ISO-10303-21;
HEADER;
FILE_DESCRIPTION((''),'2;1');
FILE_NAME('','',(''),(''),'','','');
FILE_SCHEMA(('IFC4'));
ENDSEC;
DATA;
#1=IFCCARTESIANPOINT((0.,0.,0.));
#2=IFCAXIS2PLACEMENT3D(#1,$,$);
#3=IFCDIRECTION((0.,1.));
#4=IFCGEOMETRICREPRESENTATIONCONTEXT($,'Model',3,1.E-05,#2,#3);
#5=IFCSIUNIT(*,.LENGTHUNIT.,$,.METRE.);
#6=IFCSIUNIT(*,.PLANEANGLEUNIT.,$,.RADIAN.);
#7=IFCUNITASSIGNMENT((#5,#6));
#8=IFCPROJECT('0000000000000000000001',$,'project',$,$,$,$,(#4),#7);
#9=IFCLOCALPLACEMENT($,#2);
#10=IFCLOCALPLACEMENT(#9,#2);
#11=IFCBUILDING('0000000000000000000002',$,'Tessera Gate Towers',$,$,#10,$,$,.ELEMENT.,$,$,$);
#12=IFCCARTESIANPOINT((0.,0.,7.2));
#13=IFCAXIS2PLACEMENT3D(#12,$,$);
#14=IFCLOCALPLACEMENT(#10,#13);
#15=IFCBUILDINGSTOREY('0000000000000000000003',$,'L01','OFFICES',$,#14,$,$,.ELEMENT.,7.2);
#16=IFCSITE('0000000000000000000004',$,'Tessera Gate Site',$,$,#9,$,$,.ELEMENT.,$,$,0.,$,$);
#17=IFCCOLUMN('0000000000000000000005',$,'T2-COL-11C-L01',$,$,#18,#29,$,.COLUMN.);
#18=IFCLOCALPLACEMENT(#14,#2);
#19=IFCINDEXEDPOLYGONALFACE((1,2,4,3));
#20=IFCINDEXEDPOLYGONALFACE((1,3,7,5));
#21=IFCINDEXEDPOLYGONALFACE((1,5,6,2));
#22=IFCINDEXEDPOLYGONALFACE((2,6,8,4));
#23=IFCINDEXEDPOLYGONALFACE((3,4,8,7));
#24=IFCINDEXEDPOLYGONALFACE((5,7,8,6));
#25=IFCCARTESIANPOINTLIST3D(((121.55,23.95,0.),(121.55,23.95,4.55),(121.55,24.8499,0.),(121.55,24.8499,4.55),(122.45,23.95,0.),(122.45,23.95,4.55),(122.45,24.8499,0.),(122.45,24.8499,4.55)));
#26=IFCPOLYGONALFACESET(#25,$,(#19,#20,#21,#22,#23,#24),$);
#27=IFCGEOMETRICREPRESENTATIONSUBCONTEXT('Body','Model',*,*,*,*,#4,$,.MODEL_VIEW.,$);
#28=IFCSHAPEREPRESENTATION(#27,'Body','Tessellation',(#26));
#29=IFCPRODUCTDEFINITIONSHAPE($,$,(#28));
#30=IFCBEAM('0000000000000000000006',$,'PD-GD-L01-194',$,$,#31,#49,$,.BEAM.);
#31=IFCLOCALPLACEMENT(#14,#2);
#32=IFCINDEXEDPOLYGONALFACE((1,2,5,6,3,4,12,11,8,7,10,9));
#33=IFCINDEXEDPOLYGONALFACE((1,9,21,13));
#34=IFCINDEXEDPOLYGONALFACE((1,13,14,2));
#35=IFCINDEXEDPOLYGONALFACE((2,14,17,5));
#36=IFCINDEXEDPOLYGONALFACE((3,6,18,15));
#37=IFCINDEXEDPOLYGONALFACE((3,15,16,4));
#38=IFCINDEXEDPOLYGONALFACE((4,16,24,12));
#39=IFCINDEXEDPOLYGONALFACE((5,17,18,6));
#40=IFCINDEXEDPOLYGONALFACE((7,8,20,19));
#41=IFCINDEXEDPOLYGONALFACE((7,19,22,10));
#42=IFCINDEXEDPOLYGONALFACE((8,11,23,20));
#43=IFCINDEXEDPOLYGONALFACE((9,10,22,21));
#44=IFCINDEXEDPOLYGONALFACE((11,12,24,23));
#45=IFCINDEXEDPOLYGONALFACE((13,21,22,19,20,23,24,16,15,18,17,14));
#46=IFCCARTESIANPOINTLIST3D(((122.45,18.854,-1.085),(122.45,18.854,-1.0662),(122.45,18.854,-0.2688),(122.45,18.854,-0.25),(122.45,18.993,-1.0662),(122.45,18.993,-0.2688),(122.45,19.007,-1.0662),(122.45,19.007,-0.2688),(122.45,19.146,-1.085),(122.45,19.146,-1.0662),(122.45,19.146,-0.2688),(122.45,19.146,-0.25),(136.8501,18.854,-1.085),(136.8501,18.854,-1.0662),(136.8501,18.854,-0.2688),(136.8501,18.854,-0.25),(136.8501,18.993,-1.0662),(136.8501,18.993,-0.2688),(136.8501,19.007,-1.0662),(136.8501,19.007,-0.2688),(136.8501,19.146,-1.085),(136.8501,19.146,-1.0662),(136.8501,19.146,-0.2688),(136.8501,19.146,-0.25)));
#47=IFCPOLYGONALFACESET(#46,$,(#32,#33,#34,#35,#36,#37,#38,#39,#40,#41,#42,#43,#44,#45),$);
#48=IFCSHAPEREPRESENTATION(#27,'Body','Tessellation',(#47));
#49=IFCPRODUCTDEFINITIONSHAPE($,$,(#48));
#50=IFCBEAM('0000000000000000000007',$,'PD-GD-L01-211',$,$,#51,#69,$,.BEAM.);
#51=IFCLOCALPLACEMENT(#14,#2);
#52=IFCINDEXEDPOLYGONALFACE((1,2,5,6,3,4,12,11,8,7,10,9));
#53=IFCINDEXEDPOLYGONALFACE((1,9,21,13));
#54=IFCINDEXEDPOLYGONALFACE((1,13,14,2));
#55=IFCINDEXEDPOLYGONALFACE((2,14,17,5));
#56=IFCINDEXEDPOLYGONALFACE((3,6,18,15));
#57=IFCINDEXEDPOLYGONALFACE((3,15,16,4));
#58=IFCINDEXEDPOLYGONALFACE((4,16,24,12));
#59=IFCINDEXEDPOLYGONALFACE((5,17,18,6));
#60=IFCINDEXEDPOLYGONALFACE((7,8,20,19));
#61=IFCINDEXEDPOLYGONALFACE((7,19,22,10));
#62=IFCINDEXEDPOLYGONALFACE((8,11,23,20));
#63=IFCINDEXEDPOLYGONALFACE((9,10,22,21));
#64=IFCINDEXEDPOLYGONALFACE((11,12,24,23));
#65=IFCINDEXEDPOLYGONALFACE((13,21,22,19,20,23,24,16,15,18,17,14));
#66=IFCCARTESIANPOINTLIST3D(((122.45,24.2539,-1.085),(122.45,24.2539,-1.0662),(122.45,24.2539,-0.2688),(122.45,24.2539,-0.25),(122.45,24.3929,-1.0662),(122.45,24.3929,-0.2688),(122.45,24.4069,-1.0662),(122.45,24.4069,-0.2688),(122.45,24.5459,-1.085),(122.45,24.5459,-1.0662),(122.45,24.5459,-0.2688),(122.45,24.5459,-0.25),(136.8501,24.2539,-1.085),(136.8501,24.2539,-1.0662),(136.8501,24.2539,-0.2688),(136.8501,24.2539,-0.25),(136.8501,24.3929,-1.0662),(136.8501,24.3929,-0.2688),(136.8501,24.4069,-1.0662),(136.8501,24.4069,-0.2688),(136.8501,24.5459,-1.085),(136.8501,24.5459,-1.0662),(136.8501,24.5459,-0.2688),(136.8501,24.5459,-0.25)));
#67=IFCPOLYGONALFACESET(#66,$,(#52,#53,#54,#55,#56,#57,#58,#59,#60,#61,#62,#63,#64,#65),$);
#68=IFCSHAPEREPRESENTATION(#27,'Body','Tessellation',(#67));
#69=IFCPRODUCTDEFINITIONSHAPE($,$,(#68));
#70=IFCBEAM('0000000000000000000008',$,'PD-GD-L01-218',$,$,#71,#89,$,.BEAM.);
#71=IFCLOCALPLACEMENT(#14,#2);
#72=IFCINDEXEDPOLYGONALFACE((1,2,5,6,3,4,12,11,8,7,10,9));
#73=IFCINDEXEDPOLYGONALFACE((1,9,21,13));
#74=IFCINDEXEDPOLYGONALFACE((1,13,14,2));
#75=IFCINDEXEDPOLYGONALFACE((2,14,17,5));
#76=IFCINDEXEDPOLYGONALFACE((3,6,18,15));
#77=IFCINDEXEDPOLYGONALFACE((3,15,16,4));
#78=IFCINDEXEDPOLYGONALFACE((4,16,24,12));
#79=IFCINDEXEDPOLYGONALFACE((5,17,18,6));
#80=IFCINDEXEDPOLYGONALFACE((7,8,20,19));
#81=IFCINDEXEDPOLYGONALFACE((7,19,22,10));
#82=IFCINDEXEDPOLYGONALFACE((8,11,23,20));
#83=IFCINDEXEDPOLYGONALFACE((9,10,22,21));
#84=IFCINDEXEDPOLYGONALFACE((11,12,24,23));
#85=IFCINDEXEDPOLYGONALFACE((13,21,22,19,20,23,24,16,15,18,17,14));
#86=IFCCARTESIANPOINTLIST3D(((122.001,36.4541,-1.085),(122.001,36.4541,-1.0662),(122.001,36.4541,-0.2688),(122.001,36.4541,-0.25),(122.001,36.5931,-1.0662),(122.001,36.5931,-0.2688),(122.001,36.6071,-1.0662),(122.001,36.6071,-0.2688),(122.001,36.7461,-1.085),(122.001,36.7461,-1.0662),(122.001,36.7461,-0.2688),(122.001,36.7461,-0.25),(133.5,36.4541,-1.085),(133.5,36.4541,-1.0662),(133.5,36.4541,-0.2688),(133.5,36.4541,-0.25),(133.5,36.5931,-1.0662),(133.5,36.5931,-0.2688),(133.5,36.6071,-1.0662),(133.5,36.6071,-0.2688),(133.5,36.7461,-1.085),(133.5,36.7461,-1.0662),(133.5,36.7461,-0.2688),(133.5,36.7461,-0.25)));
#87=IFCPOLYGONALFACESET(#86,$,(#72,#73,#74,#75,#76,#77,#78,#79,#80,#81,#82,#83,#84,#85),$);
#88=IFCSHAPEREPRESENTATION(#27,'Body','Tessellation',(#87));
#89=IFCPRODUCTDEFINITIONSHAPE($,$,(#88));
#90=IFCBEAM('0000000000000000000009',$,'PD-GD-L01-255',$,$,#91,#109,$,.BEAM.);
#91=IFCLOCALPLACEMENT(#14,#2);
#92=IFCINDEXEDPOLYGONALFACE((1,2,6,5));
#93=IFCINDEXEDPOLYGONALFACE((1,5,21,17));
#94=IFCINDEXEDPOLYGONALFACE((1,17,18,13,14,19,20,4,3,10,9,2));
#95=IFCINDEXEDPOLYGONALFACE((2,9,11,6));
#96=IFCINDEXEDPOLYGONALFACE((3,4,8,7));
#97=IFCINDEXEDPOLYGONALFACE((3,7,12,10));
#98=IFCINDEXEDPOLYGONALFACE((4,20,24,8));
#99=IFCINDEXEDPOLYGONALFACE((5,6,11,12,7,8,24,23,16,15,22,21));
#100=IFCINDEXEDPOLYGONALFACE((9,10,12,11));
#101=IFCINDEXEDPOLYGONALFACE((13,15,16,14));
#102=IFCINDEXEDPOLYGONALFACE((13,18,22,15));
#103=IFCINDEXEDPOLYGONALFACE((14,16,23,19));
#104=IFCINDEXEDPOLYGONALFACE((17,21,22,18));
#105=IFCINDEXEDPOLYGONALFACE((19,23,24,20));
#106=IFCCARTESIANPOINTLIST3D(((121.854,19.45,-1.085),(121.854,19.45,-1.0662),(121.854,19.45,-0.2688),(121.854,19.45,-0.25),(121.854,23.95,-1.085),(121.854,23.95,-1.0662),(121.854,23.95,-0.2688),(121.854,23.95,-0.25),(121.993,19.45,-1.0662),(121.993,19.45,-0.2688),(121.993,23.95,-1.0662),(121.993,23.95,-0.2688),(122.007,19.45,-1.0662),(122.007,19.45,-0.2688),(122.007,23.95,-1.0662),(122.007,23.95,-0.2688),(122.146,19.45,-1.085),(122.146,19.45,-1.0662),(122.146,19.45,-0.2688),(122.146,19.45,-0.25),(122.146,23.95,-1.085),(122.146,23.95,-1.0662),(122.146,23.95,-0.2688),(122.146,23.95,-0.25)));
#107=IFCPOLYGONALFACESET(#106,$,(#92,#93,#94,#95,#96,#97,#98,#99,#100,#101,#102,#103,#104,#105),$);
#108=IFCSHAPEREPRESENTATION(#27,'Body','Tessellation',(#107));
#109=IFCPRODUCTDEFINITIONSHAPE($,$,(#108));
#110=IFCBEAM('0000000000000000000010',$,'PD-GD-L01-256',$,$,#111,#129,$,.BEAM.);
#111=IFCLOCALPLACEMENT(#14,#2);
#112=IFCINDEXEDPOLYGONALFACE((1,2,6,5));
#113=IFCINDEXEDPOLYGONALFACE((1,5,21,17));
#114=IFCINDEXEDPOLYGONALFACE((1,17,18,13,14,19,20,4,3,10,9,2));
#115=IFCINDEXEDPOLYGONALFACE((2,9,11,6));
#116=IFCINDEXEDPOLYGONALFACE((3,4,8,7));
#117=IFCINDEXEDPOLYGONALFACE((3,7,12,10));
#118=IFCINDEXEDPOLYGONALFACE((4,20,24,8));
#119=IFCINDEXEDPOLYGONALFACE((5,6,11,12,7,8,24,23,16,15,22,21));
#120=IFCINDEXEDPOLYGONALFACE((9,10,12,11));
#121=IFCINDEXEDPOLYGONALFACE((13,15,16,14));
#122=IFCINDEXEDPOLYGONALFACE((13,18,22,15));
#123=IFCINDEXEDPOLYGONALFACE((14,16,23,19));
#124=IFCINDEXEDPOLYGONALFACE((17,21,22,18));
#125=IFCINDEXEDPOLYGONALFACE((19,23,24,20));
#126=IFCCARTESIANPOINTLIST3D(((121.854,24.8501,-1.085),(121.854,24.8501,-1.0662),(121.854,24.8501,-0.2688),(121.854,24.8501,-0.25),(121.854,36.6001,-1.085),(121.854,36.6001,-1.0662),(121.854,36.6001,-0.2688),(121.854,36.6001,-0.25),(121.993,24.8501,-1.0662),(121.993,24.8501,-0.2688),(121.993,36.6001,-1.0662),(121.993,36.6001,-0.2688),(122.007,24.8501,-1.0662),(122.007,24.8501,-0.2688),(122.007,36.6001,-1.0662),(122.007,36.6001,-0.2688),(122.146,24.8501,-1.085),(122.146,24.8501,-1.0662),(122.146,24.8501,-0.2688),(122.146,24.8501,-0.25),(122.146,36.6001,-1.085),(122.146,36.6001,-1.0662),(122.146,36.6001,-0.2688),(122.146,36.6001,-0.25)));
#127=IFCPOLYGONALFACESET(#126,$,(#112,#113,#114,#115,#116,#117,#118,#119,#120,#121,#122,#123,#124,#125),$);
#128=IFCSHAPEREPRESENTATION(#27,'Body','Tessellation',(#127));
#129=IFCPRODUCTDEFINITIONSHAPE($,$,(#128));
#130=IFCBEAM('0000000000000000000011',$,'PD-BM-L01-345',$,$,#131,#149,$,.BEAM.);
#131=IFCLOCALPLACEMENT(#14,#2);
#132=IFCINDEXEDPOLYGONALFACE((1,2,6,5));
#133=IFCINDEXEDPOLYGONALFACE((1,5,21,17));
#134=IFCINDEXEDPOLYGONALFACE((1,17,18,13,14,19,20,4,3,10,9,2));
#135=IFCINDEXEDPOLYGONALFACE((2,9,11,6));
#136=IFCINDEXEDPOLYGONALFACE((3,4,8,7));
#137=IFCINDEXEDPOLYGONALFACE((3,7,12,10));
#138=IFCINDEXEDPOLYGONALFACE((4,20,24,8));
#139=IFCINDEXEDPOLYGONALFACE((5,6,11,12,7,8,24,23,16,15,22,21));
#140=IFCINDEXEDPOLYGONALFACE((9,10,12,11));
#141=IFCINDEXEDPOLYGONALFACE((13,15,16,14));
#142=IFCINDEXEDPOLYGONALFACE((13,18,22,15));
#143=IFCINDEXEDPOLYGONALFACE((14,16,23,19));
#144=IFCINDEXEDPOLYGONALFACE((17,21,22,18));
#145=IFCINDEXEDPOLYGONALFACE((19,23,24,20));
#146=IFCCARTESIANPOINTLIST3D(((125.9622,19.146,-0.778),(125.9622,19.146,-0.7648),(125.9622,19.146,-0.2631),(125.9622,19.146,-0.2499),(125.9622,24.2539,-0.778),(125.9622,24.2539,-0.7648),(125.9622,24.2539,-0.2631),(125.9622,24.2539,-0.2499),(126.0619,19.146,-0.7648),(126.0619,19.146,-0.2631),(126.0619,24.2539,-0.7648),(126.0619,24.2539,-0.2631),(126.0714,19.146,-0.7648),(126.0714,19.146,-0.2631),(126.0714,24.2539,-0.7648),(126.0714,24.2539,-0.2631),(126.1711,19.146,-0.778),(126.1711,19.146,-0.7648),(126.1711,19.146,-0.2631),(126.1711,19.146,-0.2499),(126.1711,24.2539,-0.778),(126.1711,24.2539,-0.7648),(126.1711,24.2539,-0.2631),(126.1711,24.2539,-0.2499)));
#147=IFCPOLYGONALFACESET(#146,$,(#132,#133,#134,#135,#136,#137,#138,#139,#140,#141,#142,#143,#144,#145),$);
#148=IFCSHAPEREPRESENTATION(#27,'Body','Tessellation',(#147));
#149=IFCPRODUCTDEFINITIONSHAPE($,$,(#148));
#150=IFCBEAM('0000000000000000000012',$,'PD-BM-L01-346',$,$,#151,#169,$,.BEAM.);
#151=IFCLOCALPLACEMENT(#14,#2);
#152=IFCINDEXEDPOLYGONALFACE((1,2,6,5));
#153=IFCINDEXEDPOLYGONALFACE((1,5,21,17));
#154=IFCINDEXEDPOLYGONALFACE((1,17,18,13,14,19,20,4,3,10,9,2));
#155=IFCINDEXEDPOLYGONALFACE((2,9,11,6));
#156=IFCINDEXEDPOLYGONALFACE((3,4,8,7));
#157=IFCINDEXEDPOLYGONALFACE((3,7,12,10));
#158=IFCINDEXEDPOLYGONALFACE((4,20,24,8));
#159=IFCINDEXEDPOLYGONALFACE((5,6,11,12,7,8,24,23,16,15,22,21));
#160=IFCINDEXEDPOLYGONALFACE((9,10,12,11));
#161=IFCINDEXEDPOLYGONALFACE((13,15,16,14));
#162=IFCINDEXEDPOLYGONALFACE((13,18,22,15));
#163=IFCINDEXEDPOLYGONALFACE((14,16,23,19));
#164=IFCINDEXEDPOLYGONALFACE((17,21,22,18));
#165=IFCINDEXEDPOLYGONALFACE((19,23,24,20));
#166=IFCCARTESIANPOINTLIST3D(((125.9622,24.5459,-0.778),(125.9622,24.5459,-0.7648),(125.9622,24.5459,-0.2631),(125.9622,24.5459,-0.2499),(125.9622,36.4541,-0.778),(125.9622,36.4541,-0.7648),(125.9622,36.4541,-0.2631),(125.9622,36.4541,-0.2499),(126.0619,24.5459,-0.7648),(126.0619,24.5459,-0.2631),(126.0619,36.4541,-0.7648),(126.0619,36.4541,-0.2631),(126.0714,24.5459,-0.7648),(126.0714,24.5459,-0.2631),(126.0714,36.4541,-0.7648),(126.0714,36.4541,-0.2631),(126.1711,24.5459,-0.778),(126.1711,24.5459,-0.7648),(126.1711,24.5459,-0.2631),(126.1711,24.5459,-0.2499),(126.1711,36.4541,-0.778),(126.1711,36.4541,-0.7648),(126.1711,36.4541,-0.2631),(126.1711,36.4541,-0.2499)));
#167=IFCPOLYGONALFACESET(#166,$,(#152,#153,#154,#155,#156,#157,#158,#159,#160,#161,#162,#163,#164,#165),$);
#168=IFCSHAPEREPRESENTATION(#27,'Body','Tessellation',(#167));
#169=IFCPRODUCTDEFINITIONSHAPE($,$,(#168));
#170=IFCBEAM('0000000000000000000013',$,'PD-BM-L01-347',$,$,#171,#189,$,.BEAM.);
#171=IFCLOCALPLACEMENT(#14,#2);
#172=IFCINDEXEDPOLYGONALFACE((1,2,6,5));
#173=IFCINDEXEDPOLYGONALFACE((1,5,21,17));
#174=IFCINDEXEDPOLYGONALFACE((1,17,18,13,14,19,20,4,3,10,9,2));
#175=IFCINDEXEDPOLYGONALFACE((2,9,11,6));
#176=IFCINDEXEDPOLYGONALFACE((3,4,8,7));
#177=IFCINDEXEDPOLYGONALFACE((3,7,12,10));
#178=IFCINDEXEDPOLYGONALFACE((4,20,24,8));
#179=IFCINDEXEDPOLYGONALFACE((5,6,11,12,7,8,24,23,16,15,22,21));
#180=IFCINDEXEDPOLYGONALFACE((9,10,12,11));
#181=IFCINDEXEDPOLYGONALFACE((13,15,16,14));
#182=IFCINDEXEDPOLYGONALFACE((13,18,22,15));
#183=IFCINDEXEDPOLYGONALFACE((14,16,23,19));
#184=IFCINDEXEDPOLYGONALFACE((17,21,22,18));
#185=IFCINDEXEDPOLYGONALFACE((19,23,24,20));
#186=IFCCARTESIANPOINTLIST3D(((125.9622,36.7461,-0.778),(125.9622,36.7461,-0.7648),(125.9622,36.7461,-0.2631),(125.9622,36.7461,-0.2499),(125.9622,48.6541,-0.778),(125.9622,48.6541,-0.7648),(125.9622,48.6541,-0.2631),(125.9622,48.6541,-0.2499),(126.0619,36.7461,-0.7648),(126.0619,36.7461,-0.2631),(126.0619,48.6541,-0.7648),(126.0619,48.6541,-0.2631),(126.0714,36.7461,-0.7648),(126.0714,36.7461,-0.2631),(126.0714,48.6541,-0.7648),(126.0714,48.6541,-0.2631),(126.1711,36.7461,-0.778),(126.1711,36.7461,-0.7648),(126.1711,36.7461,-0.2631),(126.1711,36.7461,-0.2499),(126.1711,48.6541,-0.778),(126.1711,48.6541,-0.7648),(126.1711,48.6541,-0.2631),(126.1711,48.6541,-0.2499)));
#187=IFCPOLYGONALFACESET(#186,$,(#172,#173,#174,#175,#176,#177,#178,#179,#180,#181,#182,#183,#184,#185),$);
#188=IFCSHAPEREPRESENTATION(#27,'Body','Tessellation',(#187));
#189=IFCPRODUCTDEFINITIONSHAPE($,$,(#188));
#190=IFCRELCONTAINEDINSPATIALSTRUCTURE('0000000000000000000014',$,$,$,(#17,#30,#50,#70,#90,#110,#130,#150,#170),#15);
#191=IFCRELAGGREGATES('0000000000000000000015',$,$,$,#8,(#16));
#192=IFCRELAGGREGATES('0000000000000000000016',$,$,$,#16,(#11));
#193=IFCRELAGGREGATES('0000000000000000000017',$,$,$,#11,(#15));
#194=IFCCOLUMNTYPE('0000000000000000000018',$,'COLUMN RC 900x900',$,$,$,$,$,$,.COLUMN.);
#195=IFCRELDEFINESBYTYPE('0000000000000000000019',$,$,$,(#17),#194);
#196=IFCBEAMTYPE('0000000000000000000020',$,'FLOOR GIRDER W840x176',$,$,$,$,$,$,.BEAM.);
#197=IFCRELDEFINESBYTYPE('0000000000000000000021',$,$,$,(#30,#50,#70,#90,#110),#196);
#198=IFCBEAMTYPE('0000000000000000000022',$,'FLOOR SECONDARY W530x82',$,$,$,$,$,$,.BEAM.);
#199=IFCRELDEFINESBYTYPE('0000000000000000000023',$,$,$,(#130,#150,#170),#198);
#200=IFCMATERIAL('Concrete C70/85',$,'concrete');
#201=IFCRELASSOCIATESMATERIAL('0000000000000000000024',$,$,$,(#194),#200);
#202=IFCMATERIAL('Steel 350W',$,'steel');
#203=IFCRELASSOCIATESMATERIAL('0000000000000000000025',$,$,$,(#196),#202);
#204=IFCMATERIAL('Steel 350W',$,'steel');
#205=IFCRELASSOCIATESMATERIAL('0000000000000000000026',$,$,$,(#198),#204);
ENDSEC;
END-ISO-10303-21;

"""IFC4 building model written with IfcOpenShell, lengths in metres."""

from ifc_helpers import new_model, si_unit, direction, frame, origin, origin_2d, place, context, subcontext, project, spatial, rectangle, i_section, extrude, material, material_profile, profile_set, type_object, element, save


model = new_model("IFC4")

# Units and contexts
model_context = context("Model", 3, precision=1e-05, world=origin(), true_north=direction((0.0, 1.0)))
body_context = subcontext(model_context, "Body", "Model", "MODEL_VIEW")
ifc_project = project(units=[si_unit("LENGTHUNIT", "METRE"), si_unit("PLANEANGLEUNIT", "RADIAN")], contexts=[model_context])

# Site, building, storey
site_placement = place(None, origin())
site = spatial("IfcSite", under=ifc_project, at=site_placement, Name="Tessera Gate Site", CompositionType="ELEMENT", RefElevation=0.0)
building_placement = place(site_placement, origin())
building = spatial("IfcBuilding", under=site, at=building_placement, Name="Tessera Gate Towers", CompositionType="ELEMENT")
storey_placement = place(building_placement, frame((0.0, 0.0, 7.2)))
storey = spatial("IfcBuildingStorey", under=building, at=storey_placement, Name="L01", Description="OFFICES", CompositionType="ELEMENT", Elevation=7.2)

# Column
ifc_material_1 = material(Name="Concrete C70/85", Category="concrete")
ifc_material_profile_1 = material_profile(ifc_material_1, rectangle(XDim=0.8999, YDim=0.8999, at=origin_2d()), Name="RC 900x900")
ifc_profile_set_1 = profile_set([ifc_material_profile_1], Name="Concrete C70/85")
column_type = type_object("IfcColumnType", Name="COLUMN RC 900x900", PredefinedType="COLUMN", material=ifc_profile_set_1)
column_placement = place(storey_placement, frame((122.0, 24.3999, 0.0), z_axis=(0.0, 0.0, 1.0), x_axis=(1.0, 0.0, 0.0)))
element("IfcColumn", 1, at=column_placement, inside=storey, type_object=column_type, Name="T2-COL-11C-L01", PredefinedType="COLUMN", context=body_context, shape_type="SweptSolid", body=[
    extrude(rectangle(XDim=0.8999, YDim=0.8999, at=origin_2d()), origin(), (0.0, 0.0, 1.0), 4.55),
])

# Beams
ifc_material_2 = material(Name="Steel 350W", Category="steel")
ifc_material_profile_2 = material_profile(ifc_material_2, i_section(OverallWidth=0.292, OverallDepth=0.835, WebThickness=0.0139, FlangeThickness=0.0188, at=origin_2d()), Name="W840x176")
ifc_profile_set_2 = profile_set([ifc_material_profile_2], Name="Steel 350W")
beam_type_1 = type_object("IfcBeamType", Name="FLOOR GIRDER W840x176", PredefinedType="BEAM", material=ifc_profile_set_2)
for number, where, z_axis, x_axis, name in (
    (2, (122.45, 19.0, -0.6675), (1.0, 0.0, 0.0), (0.0, 1.0, 0.0), "PD-GD-L01-194"),
    (3, (122.45, 24.3999, -0.6675), (1.0, 0.0, 0.0), (0.0, 1.0, 0.0), "PD-GD-L01-211"),
):
    element("IfcBeam", number, at=place(storey_placement, frame(where, z_axis=z_axis, x_axis=x_axis)), inside=storey, type_object=beam_type_1, Name=name, PredefinedType="BEAM", context=body_context, shape_type="SweptSolid", body=[
        extrude(i_section(OverallWidth=0.292, OverallDepth=0.835, WebThickness=0.0139, FlangeThickness=0.0188, at=origin_2d()), origin(), (0.0, 0.0, 1.0), 14.4001),
    ])
beam_1_placement = place(storey_placement, frame((122.001, 36.6001, -0.6675), z_axis=(1.0, 0.0, 0.0), x_axis=(0.0, 1.0, 0.0)))
element("IfcBeam", 4, at=beam_1_placement, inside=storey, type_object=beam_type_1, Name="PD-GD-L01-218", PredefinedType="BEAM", context=body_context, shape_type="SweptSolid", body=[
    extrude(i_section(OverallWidth=0.292, OverallDepth=0.835, WebThickness=0.0139, FlangeThickness=0.0188, at=origin_2d()), origin(), (0.0, 0.0, 1.0), 11.499),
])
beam_2_placement = place(storey_placement, frame((122.0, 19.45, -0.6675), z_axis=(0.0, 1.0, 0.0), x_axis=(-1.0, 0.0, 0.0)))
element("IfcBeam", 5, at=beam_2_placement, inside=storey, type_object=beam_type_1, Name="PD-GD-L01-255", PredefinedType="BEAM", context=body_context, shape_type="SweptSolid", body=[
    extrude(i_section(OverallWidth=0.292, OverallDepth=0.835, WebThickness=0.0139, FlangeThickness=0.0188, at=origin_2d()), origin(), (0.0, 0.0, 1.0), 4.5),
])
beam_3_placement = place(storey_placement, frame((122.0, 24.8501, -0.6675), z_axis=(0.0, 1.0, 0.0), x_axis=(-1.0, 0.0, 0.0)))
element("IfcBeam", 6, at=beam_3_placement, inside=storey, type_object=beam_type_1, Name="PD-GD-L01-256", PredefinedType="BEAM", context=body_context, shape_type="SweptSolid", body=[
    extrude(i_section(OverallWidth=0.292, OverallDepth=0.835, WebThickness=0.0139, FlangeThickness=0.0188, at=origin_2d()), origin(), (0.0, 0.0, 1.0), 11.75),
])
ifc_material_3 = material(Name="Steel 350W", Category="steel")
ifc_material_profile_3 = material_profile(ifc_material_3, i_section(OverallWidth=0.209, OverallDepth=0.5281, WebThickness=0.0095, FlangeThickness=0.0132, at=origin_2d()), Name="W530x82")
ifc_profile_set_3 = profile_set([ifc_material_profile_3], Name="Steel 350W")
beam_type_2 = type_object("IfcBeamType", Name="FLOOR SECONDARY W530x82", PredefinedType="BEAM", material=ifc_profile_set_3)
beam_4_placement = place(storey_placement, frame((126.0667, 19.146, -0.5139), z_axis=(0.0, 1.0, 0.0), x_axis=(-1.0, 0.0, 0.0)))
element("IfcBeam", 7, at=beam_4_placement, inside=storey, type_object=beam_type_2, Name="PD-BM-L01-345", PredefinedType="BEAM", context=body_context, shape_type="SweptSolid", body=[
    extrude(i_section(OverallWidth=0.209, OverallDepth=0.5281, WebThickness=0.0095, FlangeThickness=0.0132, at=origin_2d()), origin(), (0.0, 0.0, 1.0), 5.1079),
])
beam_5_placement = place(storey_placement, frame((126.0667, 24.5459, -0.5139), z_axis=(0.0, 1.0, 0.0), x_axis=(-1.0, 0.0, 0.0)))
element("IfcBeam", 8, at=beam_5_placement, inside=storey, type_object=beam_type_2, Name="PD-BM-L01-346", PredefinedType="BEAM", context=body_context, shape_type="SweptSolid", body=[
    extrude(i_section(OverallWidth=0.209, OverallDepth=0.5281, WebThickness=0.0095, FlangeThickness=0.0132, at=origin_2d()), origin(), (0.0, 0.0, 1.0), 11.9082),
])
beam_6_placement = place(storey_placement, frame((126.0667, 36.7461, -0.5139), z_axis=(0.0, 1.0, 0.0), x_axis=(-1.0, 0.0, 0.0)))
element("IfcBeam", 9, at=beam_6_placement, inside=storey, type_object=beam_type_2, Name="PD-BM-L01-347", PredefinedType="BEAM", context=body_context, shape_type="SweptSolid", body=[
    extrude(i_section(OverallWidth=0.209, OverallDepth=0.5281, WebThickness=0.0095, FlangeThickness=0.0132, at=origin_2d()), origin(), (0.0, 0.0, 1.0), 11.908),
])

save(model, "model.ifc")
